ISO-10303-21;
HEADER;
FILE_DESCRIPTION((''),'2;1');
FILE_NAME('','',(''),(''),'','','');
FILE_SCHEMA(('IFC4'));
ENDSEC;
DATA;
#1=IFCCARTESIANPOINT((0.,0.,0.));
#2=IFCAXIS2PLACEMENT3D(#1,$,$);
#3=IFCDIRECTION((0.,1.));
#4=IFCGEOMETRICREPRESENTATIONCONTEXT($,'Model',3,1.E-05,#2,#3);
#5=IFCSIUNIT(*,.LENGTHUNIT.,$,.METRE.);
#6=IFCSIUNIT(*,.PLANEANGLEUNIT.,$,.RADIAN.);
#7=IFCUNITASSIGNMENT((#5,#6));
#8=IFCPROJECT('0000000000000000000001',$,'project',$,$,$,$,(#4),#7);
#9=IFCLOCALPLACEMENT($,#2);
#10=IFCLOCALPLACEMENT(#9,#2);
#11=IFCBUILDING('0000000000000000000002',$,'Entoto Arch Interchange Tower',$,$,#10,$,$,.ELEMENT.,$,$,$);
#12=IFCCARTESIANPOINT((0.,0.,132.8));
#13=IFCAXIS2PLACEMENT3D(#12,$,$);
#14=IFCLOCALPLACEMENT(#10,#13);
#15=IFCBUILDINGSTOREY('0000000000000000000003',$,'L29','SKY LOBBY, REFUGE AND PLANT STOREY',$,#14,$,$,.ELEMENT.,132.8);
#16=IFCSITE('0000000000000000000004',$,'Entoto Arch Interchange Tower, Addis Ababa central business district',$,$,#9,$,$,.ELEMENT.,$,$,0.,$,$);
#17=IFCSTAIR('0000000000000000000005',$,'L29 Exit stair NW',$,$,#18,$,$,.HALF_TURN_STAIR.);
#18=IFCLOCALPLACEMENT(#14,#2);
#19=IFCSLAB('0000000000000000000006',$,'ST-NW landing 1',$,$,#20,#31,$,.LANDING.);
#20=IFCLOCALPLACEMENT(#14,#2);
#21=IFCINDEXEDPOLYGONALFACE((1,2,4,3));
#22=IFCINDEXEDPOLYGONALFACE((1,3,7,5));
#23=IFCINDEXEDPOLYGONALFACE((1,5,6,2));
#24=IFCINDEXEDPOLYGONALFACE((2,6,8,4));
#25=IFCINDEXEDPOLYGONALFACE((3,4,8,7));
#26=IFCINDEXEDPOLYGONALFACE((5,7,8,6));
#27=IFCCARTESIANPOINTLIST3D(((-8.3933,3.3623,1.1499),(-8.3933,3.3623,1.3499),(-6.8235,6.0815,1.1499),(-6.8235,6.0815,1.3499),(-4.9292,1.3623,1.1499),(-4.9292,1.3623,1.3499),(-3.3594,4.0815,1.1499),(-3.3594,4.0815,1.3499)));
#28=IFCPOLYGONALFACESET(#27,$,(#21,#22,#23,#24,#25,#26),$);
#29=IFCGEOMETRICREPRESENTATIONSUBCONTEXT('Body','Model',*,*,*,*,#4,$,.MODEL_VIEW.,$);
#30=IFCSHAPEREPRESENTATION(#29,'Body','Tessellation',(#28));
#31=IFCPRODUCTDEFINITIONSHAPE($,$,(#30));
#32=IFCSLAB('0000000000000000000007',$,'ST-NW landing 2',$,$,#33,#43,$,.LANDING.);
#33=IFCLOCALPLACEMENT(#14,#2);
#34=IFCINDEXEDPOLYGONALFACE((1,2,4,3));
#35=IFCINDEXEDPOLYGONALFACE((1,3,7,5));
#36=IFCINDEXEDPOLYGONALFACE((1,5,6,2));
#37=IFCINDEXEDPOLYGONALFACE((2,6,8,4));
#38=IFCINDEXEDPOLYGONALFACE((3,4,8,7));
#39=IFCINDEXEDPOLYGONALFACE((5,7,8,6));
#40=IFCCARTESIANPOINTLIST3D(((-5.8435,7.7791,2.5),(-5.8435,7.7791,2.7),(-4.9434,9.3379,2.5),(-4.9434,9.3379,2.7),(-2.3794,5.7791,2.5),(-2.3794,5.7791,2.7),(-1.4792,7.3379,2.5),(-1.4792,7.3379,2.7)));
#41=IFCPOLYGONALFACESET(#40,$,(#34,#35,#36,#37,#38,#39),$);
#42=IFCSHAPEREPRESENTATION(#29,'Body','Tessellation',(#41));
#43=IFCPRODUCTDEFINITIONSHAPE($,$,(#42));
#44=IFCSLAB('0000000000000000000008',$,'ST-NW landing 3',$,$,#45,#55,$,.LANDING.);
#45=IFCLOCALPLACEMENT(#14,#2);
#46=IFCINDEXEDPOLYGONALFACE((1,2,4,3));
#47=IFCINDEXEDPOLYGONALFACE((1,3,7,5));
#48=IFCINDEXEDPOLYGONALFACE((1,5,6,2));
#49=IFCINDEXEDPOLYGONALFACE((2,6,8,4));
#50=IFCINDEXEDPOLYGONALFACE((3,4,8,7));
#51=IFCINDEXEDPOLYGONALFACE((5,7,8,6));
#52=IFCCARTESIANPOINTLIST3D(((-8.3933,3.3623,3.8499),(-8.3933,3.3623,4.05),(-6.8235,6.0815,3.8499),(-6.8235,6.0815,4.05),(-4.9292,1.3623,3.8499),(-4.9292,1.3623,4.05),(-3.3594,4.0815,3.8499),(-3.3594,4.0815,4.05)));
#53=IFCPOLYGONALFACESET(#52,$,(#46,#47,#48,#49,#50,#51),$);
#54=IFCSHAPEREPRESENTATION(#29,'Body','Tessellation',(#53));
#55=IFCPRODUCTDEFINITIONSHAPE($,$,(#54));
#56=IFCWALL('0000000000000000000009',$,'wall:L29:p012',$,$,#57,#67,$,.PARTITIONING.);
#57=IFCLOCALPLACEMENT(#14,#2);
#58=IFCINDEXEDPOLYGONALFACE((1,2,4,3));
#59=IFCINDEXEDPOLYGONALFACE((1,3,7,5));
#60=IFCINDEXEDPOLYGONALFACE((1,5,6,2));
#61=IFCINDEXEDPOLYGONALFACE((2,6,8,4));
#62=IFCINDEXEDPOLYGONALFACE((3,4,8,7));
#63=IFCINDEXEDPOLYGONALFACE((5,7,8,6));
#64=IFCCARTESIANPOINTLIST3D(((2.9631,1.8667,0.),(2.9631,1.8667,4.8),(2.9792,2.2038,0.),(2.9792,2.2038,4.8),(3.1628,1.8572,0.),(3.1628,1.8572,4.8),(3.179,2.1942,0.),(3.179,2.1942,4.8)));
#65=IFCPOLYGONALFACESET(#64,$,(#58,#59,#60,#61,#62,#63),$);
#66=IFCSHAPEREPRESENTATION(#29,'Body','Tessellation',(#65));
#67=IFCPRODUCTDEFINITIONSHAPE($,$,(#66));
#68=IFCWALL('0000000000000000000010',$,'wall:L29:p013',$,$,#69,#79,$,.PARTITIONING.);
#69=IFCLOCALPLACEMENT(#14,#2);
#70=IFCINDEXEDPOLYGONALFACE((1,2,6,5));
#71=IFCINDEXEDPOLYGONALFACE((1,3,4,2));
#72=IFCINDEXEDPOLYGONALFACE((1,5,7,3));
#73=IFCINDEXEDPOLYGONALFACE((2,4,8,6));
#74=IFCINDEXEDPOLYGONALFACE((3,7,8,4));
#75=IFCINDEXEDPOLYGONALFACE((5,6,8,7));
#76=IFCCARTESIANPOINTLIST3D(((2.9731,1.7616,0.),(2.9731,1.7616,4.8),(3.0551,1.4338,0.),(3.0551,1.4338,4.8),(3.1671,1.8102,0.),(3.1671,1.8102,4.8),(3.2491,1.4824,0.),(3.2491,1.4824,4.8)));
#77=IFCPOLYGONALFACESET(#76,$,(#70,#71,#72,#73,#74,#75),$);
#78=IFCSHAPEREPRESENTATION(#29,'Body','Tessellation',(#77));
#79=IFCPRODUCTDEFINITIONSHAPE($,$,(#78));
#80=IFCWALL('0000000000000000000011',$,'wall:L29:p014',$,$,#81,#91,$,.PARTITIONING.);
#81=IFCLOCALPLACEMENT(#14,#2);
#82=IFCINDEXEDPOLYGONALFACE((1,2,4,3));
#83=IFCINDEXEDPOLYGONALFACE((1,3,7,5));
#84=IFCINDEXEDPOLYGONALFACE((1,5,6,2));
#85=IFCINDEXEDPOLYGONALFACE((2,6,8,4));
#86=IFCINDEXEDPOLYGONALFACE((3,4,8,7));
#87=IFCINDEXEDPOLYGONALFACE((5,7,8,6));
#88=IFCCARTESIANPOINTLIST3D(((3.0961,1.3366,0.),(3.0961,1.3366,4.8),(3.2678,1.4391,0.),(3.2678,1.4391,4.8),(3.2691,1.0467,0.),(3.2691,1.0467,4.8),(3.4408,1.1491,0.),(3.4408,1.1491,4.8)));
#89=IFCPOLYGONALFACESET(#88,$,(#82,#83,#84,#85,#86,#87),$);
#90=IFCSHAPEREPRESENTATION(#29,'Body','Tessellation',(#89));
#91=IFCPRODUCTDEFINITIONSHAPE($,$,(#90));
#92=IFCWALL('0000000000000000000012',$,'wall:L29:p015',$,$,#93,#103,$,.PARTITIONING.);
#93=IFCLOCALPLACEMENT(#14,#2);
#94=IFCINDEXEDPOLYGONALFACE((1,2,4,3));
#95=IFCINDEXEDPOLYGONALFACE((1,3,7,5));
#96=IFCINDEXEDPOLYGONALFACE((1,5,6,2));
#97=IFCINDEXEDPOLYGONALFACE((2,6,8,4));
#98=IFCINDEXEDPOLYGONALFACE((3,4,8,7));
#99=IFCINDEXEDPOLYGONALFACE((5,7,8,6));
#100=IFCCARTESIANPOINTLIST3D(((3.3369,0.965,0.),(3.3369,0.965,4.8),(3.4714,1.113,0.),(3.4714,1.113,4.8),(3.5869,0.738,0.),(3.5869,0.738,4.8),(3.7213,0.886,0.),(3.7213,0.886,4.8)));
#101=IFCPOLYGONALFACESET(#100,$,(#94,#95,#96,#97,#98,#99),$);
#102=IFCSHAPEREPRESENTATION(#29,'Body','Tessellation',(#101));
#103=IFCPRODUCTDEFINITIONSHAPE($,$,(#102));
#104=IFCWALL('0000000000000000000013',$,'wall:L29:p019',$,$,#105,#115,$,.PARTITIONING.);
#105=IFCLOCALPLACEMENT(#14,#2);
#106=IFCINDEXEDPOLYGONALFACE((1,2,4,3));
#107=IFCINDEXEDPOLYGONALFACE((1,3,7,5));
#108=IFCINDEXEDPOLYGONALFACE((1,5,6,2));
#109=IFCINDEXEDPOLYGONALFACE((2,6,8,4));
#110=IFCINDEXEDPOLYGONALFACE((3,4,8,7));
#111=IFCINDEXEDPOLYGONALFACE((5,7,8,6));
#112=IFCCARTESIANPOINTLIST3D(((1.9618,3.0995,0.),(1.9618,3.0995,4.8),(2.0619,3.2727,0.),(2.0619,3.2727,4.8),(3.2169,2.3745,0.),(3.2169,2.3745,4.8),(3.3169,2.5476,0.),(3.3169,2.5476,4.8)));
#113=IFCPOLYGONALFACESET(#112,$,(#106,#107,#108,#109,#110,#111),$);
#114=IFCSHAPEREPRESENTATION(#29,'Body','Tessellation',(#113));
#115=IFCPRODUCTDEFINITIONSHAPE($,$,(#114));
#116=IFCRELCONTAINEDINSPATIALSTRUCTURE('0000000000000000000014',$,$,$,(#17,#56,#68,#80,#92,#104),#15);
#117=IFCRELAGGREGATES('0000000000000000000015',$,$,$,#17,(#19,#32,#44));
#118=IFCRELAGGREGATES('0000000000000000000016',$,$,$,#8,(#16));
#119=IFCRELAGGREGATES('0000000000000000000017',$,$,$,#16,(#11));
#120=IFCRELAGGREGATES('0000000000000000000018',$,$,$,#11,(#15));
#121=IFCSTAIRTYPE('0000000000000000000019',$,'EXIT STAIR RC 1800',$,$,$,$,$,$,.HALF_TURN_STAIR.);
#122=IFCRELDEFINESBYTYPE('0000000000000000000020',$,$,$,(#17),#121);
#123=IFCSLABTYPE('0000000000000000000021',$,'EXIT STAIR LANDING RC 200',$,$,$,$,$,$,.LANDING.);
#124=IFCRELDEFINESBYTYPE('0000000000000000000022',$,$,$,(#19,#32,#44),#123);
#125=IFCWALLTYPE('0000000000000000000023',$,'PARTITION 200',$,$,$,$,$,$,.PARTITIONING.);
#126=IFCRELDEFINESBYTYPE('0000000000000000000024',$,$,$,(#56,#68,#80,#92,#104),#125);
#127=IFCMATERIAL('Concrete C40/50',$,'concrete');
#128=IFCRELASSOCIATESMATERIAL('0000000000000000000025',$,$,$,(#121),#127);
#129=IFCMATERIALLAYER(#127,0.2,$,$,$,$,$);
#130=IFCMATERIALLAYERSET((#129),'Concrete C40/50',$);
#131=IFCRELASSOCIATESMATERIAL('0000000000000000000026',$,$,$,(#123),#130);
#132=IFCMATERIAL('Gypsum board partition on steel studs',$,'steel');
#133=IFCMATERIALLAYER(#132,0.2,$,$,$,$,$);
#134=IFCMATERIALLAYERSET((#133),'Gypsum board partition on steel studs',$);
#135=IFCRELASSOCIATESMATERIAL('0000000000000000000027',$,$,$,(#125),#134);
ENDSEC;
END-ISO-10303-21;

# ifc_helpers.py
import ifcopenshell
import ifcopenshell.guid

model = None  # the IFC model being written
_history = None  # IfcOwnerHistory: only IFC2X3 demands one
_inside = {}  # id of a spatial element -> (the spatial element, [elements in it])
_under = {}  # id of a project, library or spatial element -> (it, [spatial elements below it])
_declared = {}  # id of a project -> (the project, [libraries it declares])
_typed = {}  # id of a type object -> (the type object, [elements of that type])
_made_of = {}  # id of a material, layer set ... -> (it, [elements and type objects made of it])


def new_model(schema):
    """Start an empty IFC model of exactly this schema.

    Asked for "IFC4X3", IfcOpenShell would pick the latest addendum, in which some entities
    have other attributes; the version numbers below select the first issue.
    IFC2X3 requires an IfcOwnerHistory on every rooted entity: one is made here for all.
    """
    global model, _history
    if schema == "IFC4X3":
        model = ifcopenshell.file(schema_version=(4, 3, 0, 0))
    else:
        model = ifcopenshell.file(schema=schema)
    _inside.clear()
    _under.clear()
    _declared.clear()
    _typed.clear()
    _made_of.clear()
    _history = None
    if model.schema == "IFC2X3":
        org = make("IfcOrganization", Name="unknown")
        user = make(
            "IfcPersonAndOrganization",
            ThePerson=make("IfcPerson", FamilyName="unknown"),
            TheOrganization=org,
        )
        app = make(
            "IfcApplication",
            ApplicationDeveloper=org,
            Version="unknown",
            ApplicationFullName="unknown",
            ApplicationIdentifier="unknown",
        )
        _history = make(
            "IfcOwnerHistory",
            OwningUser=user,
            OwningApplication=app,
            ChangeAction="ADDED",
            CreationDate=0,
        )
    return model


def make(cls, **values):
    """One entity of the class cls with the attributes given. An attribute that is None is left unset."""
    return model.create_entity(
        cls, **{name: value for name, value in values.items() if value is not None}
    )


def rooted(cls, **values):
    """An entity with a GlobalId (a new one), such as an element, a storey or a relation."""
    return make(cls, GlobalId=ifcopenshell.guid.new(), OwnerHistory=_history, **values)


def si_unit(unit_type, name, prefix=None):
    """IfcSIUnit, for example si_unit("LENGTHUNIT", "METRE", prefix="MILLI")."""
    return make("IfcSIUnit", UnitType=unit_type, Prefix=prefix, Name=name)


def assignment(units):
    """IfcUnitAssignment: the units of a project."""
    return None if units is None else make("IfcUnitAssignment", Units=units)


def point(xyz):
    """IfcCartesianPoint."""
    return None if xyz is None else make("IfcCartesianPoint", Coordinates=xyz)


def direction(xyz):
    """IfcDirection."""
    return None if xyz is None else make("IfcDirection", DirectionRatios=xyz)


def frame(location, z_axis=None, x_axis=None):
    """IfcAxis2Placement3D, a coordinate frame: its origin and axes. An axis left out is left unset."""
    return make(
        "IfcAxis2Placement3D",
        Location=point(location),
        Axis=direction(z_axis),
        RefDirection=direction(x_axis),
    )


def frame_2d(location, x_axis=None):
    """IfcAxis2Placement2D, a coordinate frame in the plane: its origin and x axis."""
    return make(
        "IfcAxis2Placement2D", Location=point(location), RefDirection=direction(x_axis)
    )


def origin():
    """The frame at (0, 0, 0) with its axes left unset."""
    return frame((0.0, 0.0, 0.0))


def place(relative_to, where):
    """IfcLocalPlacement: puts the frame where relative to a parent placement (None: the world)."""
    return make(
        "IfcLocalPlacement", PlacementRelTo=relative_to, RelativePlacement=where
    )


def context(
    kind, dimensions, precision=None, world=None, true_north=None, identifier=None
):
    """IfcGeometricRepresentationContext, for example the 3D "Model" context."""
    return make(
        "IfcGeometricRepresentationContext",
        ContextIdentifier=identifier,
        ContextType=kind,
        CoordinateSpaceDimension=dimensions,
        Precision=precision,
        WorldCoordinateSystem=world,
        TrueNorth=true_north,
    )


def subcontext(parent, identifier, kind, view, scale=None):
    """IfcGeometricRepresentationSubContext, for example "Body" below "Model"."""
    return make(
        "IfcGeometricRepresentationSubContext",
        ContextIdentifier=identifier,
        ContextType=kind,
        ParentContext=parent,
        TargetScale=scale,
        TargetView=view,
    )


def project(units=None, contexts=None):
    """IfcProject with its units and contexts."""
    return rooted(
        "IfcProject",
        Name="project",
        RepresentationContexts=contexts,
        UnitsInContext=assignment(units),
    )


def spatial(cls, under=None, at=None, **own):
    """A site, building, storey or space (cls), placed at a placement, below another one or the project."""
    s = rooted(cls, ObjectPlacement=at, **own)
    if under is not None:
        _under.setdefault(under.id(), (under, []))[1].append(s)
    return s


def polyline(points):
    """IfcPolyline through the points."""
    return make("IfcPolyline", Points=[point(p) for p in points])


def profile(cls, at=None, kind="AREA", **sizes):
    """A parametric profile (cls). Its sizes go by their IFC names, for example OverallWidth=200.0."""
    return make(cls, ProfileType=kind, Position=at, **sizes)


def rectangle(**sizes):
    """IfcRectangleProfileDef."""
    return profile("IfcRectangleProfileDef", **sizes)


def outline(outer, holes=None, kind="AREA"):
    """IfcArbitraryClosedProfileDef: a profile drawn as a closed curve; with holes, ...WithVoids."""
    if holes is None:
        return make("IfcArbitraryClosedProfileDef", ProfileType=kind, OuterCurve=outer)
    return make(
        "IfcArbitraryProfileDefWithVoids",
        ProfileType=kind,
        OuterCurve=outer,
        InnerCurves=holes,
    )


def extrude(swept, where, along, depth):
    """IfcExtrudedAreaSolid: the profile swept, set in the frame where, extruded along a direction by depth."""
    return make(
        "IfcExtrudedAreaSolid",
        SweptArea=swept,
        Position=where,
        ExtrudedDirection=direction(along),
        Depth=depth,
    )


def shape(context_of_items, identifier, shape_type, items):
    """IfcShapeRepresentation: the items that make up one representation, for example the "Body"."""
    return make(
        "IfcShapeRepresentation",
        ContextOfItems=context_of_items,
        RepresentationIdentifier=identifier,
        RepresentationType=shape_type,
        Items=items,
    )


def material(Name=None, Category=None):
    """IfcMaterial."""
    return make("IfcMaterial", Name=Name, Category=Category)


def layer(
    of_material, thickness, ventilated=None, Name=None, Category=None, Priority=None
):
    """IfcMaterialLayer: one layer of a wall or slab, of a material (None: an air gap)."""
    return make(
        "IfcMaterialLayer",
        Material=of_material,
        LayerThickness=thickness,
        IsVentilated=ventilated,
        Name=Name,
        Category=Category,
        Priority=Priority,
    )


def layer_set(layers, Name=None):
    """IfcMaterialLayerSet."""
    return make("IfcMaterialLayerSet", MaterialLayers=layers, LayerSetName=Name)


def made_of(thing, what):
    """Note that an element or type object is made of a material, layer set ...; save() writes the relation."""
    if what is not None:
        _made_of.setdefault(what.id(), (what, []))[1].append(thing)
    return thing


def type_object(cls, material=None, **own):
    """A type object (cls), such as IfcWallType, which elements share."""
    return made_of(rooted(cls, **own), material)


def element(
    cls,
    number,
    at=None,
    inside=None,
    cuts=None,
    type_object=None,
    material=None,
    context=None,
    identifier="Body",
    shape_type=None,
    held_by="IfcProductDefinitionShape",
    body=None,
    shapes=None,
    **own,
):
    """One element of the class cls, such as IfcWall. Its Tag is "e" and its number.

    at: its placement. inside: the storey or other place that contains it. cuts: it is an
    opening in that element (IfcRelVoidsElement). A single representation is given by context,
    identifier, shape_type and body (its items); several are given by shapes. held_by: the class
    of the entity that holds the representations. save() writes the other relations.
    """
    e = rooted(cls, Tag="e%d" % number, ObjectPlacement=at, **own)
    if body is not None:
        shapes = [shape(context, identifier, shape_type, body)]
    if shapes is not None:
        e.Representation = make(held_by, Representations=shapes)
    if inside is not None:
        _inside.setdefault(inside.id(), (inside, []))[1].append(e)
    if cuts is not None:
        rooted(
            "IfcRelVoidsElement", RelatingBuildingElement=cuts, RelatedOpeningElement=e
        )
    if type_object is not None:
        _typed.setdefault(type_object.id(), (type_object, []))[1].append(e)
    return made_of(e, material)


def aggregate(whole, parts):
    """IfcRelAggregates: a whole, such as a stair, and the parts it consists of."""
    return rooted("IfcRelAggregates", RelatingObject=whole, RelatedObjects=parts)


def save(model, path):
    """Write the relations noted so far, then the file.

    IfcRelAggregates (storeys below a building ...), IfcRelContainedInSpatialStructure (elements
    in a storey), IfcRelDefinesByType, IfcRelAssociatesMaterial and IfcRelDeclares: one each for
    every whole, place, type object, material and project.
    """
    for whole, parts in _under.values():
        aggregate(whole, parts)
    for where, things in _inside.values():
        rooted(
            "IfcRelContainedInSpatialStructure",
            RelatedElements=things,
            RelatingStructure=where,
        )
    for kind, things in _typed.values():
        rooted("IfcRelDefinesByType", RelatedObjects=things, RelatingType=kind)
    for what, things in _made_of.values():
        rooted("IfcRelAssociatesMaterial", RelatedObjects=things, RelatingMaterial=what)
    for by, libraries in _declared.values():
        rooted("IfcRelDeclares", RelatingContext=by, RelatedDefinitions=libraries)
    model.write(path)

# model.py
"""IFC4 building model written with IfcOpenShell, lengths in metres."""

from ifc_helpers import new_model, si_unit, direction, frame, frame_2d, origin, place, context, subcontext, project, spatial, polyline, rectangle, outline, extrude, material, layer, layer_set, type_object, element, aggregate, save


model = new_model("IFC4")

# Units and contexts
model_context = context("Model", 3, precision=1e-05, world=origin(), true_north=direction((0.0, 1.0)))
body_context = subcontext(model_context, "Body", "Model", "MODEL_VIEW")
ifc_project = project(units=[si_unit("LENGTHUNIT", "METRE"), si_unit("PLANEANGLEUNIT", "RADIAN")], contexts=[model_context])

# Site, building, storey
site_placement = place(None, origin())
site = spatial("IfcSite", under=ifc_project, at=site_placement, Name="Entoto Arch Interchange Tower, Addis Ababa central business district", CompositionType="ELEMENT", RefElevation=0.0)
building_placement = place(site_placement, origin())
building = spatial("IfcBuilding", under=site, at=building_placement, Name="Entoto Arch Interchange Tower", CompositionType="ELEMENT")
storey_placement = place(building_placement, frame((0.0, 0.0, 132.8)))
storey = spatial("IfcBuildingStorey", under=building, at=storey_placement, Name="L29", Description="SKY LOBBY, REFUGE AND PLANT STOREY", CompositionType="ELEMENT", Elevation=132.8)

# Shared definitions
ifc_material_1 = material(Name="Concrete C40/50", Category="concrete")

# Stair, slabs
stair_type = type_object("IfcStairType", Name="EXIT STAIR RC 1800", PredefinedType="HALF_TURN_STAIR", material=ifc_material_1)
ifc_layer_1 = layer(ifc_material_1, 0.2)
ifc_layer_set_1 = layer_set([ifc_layer_1], Name="Concrete C40/50")
slab_type_1 = type_object("IfcSlabType", Name="EXIT STAIR LANDING RC 200", PredefinedType="LANDING", material=ifc_layer_set_1)
stair_1_placement = place(storey_placement, origin())
stair_1 = element("IfcStair", 1, at=stair_1_placement, inside=storey, type_object=stair_type, Name="L29 Exit stair NW", PredefinedType="HALF_TURN_STAIR")
slab_1_placement = place(storey_placement, frame((0.0, 0.0, 1.1499)))
slab_1 = element("IfcSlab", 2, at=slab_1_placement, type_object=slab_type_1, Name="ST-NW landing 1", PredefinedType="LANDING", context=body_context, shape_type="SweptSolid", body=[
    extrude(outline(polyline([(-6.8235, 6.0815), (-8.3933, 3.3623), (-4.9292, 1.3623), (-3.3594, 4.0815), (-6.8235, 6.0815)])), origin(), (0.0, 0.0, 1.0), 0.2),
])
slab_2_placement = place(storey_placement, frame((0.0, 0.0, 2.5)))
slab_2 = element("IfcSlab", 3, at=slab_2_placement, type_object=slab_type_1, Name="ST-NW landing 2", PredefinedType="LANDING", context=body_context, shape_type="SweptSolid", body=[
    extrude(outline(polyline([(-4.9434, 9.3379), (-5.8435, 7.7791), (-2.3794, 5.7791), (-1.4792, 7.3379), (-4.9434, 9.3379)])), origin(), (0.0, 0.0, 1.0), 0.2),
])
slab_3_placement = place(storey_placement, frame((0.0, 0.0, 3.8499)))
slab_3 = element("IfcSlab", 4, at=slab_3_placement, type_object=slab_type_1, Name="ST-NW landing 3", PredefinedType="LANDING", context=body_context, shape_type="SweptSolid", body=[
    extrude(outline(polyline([(-6.8235, 6.0815), (-8.3933, 3.3623), (-4.9292, 1.3623), (-3.3594, 4.0815), (-6.8235, 6.0815)])), origin(), (0.0, 0.0, 1.0), 0.2002),
])
aggregate(stair_1, [slab_1, slab_2, slab_3])

# Walls
ifc_material_2 = material(Name="Gypsum board partition on steel studs", Category="steel")
ifc_layer_2 = layer(ifc_material_2, 0.2)
ifc_layer_set_2 = layer_set([ifc_layer_2], Name="Gypsum board partition on steel studs")
wall_type = type_object("IfcWallType", Name="PARTITION 200", PredefinedType="PARTITIONING", material=ifc_layer_set_2)
wall_1_placement = place(storey_placement, frame((3.0791, 2.199, 0.0), z_axis=(0.0, 0.0, 1.0), x_axis=(-0.047771, -0.998858, 0.0)))
element("IfcWall", 5, at=wall_1_placement, inside=storey, type_object=wall_type, Name="wall:L29:p012", PredefinedType="PARTITIONING", context=body_context, shape_type="SweptSolid", body=[
    extrude(rectangle(XDim=0.3374, YDim=0.2, at=frame_2d((0.1687, 0.0))), origin(), (0.0, 0.0, 1.0), 4.8),
])
wall_2_placement = place(storey_placement, frame((3.0701, 1.7859, 0.0), z_axis=(0.0, 0.0, 1.0), x_axis=(0.242706, -0.9701, 0.0)))
element("IfcWall", 6, at=wall_2_placement, inside=storey, type_object=wall_type, Name="wall:L29:p013", PredefinedType="PARTITIONING", context=body_context, shape_type="SweptSolid", body=[
    extrude(rectangle(XDim=0.3379, YDim=0.2, at=frame_2d((0.1689, 0.0))), origin(), (0.0, 0.0, 1.0), 4.8),
])
for number, where, z_axis, x_axis, name in (
    (7, (3.1819, 1.3879, 0.0), (0.0, 0.0, 1.0), (0.512475, -0.858702, 0.0), "wall:L29:p014"),
    (8, (3.4041, 1.0391, 0.0), (0.0, 0.0, 1.0), (0.740267, -0.672313, 0.0), "wall:L29:p015"),
):
    element("IfcWall", number, at=place(storey_placement, frame(where, z_axis=z_axis, x_axis=x_axis)), inside=storey, type_object=wall_type, Name=name, PredefinedType="PARTITIONING", context=body_context, shape_type="SweptSolid", body=[
        extrude(rectangle(XDim=0.3376, YDim=0.2, at=frame_2d((0.1689, 0.0))), origin(), (0.0, 0.0, 1.0), 4.8),
    ])
wall_3_placement = place(storey_placement, frame((2.012, 3.186, 0.0), z_axis=(0.0, 0.0, 1.0), x_axis=(0.865891, -0.500233, 0.0)))
element("IfcWall", 9, at=wall_3_placement, inside=storey, type_object=wall_type, Name="wall:L29:p019", PredefinedType="PARTITIONING", context=body_context, shape_type="SweptSolid", body=[
    extrude(rectangle(XDim=1.4495, YDim=0.2, at=frame_2d((0.7246, 0.0))), origin(), (0.0, 0.0, 1.0), 4.8),
])

save(model, "model.ifc")
